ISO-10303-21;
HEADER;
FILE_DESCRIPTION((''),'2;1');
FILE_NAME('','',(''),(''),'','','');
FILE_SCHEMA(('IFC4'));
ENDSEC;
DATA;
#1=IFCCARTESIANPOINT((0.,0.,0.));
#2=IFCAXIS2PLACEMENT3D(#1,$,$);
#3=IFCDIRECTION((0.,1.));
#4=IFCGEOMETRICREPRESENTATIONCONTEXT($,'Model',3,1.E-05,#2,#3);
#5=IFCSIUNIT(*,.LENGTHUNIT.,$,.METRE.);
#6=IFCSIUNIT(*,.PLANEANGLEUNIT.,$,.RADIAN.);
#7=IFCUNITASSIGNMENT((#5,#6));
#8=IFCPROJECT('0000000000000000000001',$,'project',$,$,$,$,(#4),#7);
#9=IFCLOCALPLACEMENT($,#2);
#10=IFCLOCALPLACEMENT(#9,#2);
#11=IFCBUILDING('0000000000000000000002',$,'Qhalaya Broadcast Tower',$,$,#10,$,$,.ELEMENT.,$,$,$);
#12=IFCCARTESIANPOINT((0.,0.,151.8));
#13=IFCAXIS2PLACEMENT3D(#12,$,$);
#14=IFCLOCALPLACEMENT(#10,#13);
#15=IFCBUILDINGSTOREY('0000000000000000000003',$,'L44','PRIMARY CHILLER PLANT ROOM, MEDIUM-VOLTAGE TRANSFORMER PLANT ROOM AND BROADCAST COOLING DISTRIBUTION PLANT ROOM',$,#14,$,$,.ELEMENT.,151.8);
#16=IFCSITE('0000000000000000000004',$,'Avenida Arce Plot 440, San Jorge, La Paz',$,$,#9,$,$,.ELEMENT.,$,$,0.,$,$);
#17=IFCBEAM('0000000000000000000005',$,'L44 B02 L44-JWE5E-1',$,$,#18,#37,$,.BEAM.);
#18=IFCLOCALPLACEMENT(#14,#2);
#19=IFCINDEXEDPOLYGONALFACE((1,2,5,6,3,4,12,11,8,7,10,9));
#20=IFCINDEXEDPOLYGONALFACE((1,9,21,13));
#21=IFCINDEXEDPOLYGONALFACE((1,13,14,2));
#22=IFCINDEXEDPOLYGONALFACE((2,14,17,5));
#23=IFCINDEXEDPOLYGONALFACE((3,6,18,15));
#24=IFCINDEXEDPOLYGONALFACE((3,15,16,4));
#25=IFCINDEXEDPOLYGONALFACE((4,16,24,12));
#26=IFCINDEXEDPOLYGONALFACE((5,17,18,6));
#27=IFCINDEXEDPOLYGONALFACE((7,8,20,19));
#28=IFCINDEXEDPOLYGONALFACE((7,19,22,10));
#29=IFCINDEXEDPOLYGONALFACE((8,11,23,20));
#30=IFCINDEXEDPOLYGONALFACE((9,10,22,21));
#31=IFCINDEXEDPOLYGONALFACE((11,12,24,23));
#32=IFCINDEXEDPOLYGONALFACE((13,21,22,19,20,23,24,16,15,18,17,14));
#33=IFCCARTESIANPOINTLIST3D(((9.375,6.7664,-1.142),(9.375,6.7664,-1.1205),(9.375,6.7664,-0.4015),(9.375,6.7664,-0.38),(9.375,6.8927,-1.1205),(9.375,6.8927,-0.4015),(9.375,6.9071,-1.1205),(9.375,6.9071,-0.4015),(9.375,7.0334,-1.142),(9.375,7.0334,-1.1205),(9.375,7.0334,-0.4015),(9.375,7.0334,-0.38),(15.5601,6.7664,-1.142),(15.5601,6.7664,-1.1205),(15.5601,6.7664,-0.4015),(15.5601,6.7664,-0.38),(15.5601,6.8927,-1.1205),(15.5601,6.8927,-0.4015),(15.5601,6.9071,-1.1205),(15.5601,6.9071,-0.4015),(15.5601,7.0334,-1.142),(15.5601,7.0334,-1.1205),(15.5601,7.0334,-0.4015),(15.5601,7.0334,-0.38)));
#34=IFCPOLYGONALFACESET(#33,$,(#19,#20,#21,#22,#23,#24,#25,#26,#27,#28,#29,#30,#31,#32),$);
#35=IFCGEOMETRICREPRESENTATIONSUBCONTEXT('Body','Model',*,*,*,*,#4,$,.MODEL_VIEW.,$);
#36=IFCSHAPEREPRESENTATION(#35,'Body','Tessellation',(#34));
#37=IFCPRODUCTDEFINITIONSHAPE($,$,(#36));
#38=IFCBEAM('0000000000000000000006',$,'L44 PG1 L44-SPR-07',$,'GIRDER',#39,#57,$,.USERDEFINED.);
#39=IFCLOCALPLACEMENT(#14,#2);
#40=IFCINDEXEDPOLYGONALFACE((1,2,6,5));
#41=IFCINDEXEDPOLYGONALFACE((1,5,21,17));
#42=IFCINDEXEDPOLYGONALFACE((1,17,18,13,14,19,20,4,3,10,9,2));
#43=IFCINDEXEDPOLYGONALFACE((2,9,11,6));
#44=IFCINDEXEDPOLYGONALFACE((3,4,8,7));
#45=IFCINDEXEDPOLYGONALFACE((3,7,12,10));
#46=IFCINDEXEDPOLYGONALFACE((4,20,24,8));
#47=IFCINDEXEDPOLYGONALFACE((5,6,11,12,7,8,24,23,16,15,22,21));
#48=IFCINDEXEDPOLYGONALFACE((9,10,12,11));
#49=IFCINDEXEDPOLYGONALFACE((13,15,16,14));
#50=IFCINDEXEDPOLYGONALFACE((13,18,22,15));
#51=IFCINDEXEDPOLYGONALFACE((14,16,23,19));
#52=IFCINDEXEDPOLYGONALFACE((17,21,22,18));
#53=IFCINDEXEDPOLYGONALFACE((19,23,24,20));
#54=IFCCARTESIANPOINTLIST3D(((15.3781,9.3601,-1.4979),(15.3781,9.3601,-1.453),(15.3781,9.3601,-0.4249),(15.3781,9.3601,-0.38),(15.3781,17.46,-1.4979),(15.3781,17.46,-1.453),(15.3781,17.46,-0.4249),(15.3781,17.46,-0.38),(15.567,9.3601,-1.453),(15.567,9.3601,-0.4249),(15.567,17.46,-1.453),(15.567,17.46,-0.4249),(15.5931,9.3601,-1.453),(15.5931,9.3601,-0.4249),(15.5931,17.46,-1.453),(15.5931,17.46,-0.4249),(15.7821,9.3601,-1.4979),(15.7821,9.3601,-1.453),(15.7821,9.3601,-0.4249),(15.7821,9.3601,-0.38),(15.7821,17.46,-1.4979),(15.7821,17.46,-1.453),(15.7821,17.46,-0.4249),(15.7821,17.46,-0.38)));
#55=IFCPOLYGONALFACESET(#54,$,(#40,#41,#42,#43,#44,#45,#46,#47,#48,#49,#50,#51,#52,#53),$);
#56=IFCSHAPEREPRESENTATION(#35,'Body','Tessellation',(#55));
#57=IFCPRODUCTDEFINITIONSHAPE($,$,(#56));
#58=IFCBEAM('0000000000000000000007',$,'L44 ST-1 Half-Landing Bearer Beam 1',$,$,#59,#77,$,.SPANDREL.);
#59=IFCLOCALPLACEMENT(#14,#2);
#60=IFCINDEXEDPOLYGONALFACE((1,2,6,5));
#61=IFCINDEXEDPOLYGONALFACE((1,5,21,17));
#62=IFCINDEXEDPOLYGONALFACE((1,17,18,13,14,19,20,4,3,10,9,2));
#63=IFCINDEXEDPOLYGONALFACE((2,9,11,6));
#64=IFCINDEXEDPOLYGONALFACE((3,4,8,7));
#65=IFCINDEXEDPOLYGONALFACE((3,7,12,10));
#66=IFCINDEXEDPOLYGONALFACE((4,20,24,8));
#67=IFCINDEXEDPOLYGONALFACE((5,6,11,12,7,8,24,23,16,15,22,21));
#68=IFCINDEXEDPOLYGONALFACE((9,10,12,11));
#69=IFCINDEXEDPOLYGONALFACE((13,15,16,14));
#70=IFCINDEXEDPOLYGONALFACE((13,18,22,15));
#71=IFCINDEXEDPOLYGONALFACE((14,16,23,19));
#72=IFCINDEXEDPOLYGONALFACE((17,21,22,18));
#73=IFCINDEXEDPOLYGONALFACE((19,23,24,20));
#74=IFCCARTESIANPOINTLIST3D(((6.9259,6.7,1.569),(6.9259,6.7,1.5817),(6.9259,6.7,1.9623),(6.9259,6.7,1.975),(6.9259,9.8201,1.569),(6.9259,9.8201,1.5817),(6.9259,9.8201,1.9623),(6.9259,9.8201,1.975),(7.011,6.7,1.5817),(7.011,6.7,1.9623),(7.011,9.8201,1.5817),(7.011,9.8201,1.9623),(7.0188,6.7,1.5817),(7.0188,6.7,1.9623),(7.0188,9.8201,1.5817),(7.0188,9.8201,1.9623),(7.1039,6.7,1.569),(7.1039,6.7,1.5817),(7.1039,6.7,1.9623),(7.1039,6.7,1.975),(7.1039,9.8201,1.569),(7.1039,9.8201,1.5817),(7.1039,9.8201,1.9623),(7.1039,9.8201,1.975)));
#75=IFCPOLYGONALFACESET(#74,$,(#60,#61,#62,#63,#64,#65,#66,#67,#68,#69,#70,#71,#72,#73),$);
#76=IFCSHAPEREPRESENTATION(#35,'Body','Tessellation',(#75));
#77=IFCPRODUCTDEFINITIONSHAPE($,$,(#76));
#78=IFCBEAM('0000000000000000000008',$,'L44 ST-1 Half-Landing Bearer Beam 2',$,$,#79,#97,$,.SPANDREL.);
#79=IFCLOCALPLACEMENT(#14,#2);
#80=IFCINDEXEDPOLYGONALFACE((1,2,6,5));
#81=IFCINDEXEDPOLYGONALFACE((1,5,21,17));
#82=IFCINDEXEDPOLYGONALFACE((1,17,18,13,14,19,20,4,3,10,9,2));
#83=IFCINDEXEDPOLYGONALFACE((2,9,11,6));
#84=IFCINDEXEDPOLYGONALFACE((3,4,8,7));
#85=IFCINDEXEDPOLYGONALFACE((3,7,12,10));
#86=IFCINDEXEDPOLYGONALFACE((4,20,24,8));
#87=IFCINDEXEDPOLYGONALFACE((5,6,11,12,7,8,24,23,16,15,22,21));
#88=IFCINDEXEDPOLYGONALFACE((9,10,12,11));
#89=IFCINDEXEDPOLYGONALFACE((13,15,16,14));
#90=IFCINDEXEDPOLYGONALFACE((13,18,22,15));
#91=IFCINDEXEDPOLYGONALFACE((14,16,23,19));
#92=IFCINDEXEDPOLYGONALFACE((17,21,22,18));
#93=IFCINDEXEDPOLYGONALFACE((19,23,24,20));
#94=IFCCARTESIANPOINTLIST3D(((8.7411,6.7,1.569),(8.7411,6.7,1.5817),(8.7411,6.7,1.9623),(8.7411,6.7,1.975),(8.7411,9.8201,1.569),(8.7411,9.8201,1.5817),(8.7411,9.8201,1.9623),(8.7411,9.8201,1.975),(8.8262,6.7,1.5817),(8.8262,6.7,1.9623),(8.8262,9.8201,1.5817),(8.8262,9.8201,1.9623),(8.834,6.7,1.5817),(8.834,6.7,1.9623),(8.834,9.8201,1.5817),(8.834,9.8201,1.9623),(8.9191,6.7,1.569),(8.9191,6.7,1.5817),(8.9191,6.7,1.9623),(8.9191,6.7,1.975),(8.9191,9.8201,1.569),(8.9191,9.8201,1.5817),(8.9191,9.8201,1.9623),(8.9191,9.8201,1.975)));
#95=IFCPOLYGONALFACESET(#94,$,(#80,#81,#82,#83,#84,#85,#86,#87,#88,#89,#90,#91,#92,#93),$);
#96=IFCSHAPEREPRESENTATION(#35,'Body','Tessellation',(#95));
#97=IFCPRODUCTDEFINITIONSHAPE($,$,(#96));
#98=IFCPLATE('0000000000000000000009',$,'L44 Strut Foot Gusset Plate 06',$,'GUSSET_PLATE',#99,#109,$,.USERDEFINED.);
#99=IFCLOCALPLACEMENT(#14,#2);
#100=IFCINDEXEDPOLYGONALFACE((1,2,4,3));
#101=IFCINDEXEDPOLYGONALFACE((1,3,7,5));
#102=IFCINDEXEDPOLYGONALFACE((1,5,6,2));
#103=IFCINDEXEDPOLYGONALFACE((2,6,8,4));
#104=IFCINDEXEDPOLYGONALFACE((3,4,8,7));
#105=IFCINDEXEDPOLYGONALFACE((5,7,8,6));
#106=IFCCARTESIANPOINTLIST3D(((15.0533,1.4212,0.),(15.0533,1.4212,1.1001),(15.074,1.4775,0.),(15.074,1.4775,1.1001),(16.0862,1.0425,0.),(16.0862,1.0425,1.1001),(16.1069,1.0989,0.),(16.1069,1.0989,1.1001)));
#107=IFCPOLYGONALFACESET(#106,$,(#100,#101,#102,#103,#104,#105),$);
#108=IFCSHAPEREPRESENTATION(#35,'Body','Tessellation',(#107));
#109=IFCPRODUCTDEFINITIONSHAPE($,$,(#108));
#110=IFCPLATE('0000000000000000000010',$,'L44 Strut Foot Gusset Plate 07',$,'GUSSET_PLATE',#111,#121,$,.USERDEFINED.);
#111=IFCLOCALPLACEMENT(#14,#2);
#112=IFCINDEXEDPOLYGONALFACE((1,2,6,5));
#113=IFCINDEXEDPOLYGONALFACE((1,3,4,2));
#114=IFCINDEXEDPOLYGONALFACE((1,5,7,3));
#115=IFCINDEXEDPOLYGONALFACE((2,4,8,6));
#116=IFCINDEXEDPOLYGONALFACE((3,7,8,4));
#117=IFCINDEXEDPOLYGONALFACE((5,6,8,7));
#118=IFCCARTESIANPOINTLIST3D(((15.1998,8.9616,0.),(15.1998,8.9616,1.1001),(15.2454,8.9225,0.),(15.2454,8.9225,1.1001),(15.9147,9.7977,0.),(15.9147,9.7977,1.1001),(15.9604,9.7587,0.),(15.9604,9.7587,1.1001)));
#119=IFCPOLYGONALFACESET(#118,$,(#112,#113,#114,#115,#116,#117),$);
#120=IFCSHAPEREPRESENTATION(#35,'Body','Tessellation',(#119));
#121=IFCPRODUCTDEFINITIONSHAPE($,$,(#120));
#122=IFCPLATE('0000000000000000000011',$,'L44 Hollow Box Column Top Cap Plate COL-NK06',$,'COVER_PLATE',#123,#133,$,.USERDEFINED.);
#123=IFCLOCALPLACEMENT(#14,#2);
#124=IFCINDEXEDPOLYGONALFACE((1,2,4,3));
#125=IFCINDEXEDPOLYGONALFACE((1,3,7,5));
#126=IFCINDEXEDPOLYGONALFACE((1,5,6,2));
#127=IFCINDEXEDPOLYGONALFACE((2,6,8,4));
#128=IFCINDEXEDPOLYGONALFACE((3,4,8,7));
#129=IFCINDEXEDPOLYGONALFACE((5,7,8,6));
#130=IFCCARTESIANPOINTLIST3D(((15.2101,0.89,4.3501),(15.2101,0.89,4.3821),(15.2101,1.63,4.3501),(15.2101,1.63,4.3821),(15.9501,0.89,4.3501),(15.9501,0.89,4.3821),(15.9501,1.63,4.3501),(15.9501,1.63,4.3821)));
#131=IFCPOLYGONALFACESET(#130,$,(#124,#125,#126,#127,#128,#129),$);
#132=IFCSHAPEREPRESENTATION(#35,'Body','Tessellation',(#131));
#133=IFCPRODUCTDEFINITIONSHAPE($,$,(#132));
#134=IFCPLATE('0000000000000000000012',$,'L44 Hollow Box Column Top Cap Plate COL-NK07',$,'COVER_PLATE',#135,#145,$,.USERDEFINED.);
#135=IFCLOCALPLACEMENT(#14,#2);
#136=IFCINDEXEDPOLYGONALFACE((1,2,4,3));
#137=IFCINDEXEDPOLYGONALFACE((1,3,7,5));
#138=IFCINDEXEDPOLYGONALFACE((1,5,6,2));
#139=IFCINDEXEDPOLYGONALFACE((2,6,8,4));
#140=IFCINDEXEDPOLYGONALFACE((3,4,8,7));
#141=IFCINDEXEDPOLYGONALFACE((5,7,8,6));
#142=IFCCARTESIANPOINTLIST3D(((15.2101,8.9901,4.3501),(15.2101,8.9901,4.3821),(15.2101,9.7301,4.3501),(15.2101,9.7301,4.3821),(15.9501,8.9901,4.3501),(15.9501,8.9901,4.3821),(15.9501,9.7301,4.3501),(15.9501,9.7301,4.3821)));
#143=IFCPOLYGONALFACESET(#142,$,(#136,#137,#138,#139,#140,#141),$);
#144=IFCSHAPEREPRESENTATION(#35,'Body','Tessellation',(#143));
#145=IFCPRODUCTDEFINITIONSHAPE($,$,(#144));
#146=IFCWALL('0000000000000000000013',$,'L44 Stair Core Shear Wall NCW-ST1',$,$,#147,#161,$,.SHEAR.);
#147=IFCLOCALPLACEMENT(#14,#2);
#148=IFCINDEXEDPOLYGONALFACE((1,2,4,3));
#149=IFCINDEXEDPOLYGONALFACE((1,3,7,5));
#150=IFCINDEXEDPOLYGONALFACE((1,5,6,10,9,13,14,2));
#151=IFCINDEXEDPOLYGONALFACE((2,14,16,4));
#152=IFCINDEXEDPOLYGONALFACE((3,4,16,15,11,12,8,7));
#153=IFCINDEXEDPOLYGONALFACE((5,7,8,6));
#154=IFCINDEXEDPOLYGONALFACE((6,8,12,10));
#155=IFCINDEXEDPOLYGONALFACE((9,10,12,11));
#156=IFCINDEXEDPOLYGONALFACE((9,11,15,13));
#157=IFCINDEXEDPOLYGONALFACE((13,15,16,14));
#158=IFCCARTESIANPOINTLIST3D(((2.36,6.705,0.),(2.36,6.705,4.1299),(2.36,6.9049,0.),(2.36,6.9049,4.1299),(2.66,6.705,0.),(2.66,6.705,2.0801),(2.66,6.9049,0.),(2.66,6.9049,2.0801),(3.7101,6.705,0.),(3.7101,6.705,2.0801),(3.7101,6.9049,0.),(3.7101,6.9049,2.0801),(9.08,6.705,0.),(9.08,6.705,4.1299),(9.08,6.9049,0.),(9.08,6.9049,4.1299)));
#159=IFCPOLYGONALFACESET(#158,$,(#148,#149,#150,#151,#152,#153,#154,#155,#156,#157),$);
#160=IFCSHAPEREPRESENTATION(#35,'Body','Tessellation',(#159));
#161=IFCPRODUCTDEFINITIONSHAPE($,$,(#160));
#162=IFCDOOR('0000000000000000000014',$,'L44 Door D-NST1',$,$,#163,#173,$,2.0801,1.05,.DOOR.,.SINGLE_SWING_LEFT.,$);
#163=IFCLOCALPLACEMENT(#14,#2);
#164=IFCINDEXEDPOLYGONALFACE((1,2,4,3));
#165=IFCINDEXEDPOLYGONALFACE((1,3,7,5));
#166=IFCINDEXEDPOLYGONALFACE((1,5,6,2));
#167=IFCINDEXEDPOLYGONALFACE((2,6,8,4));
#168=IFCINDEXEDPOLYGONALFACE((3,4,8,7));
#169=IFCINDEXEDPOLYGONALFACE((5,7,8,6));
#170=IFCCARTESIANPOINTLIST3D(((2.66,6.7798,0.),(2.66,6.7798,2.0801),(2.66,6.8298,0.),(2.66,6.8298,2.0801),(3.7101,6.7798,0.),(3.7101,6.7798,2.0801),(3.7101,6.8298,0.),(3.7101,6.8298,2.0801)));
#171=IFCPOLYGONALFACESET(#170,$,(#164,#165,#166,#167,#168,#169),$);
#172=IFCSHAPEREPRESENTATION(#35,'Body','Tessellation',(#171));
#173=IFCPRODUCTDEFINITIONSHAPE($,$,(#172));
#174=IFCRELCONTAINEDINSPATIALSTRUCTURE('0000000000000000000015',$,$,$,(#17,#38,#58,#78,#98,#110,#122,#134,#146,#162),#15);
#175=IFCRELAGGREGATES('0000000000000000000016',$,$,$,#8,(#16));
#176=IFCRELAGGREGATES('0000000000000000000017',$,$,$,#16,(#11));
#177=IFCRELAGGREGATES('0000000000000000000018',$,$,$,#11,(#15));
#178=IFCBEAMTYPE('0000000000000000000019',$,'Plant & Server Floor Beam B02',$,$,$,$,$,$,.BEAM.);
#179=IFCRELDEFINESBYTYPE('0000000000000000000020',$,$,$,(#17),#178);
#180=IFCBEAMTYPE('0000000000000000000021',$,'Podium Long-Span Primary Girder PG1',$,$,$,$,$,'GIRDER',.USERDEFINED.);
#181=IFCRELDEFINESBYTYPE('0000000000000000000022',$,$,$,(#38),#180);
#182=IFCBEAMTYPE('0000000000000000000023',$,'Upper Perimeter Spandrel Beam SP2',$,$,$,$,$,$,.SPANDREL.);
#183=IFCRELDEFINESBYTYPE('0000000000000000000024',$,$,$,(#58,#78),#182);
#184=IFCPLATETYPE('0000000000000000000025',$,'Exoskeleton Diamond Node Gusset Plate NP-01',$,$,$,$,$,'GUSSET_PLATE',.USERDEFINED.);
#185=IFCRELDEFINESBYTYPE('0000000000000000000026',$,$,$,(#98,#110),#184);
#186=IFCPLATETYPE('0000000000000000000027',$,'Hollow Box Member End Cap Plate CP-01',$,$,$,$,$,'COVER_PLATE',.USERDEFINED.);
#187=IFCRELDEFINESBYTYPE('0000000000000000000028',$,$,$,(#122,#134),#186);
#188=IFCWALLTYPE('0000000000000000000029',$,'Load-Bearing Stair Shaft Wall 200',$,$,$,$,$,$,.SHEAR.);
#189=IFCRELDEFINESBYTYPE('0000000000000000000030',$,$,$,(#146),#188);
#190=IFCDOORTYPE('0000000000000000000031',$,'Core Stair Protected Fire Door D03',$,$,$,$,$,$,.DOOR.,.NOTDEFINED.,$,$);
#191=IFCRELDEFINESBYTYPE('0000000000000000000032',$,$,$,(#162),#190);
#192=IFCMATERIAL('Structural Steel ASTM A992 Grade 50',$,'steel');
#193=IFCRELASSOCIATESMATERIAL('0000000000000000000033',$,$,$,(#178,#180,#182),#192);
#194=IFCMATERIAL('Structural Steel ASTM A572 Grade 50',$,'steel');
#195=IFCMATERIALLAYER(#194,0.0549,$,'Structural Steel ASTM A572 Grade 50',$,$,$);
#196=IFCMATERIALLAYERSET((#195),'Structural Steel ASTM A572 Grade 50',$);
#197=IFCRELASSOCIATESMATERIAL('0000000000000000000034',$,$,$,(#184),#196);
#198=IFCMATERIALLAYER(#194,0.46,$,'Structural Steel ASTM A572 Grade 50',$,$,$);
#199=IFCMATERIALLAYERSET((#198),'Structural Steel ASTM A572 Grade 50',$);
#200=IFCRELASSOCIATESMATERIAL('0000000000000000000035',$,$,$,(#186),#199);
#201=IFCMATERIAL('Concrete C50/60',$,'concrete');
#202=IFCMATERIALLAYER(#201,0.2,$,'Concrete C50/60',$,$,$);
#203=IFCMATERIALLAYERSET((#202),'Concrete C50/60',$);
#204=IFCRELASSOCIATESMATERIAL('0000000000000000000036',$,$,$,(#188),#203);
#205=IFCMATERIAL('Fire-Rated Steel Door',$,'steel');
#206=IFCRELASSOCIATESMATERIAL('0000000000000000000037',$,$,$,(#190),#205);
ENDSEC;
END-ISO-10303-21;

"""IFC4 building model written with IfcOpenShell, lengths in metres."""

from ifc_helpers import new_model, si_unit, direction, frame, frame_2d, origin, origin_2d, place, context, subcontext, project, spatial, rectangle, i_section, extrude, material, layer, layer_set, material_profile, profile_set, type_object, element, fill, save


model = new_model("IFC4")

# Units and contexts
model_context = context("Model", 3, precision=1e-05, world=origin(), true_north=direction((0.0, 1.0)))
body_context = subcontext(model_context, "Body", "Model", "MODEL_VIEW")
ifc_project = project(units=[si_unit("LENGTHUNIT", "METRE"), si_unit("PLANEANGLEUNIT", "RADIAN")], contexts=[model_context])

# Site, building, storey
site_placement = place(None, origin())
site = spatial("IfcSite", under=ifc_project, at=site_placement, Name="Avenida Arce Plot 440, San Jorge, La Paz", CompositionType="ELEMENT", RefElevation=0.0)
building_placement = place(site_placement, origin())
building = spatial("IfcBuilding", under=site, at=building_placement, Name="Qhalaya Broadcast Tower", CompositionType="ELEMENT")
storey_placement = place(building_placement, frame((0.0, 0.0, 151.8)))
storey = spatial("IfcBuildingStorey", under=building, at=storey_placement, Name="L44", Description="PRIMARY CHILLER PLANT ROOM, MEDIUM-VOLTAGE TRANSFORMER PLANT ROOM AND BROADCAST COOLING DISTRIBUTION PLANT ROOM", CompositionType="ELEMENT", Elevation=151.8)

# Shared definitions
ifc_material_1 = material(Name="Concrete C50/60", Category="concrete")
ifc_material_2 = material(Name="Structural Steel ASTM A572 Grade 50", Category="steel")

# Beams
ifc_material_3 = material(Name="Structural Steel ASTM A992 Grade 50", Category="steel")
ifc_material_profile_1 = material_profile(ifc_material_3, i_section(OverallWidth=0.2671, OverallDepth=0.762, WebThickness=0.0144, FlangeThickness=0.0215, at=origin_2d()), Name="W30X116")
ifc_profile_set_1 = profile_set([ifc_material_profile_1], Name="Structural Steel ASTM A992 Grade 50")
beam_type_1 = type_object("IfcBeamType", Name="Plant & Server Floor Beam B02", PredefinedType="BEAM", material=ifc_profile_set_1)
beam_1_placement = place(storey_placement, frame((9.375, 6.8999, -0.761), z_axis=(1.0, 0.0, 0.0), x_axis=(0.0, 1.0, 0.0)))
element("IfcBeam", 1, at=beam_1_placement, inside=storey, type_object=beam_type_1, Name="L44 B02 L44-JWE5E-1", PredefinedType="BEAM", context=body_context, shape_type="SweptSolid", body=[
    extrude(i_section(OverallWidth=0.2671, OverallDepth=0.762, WebThickness=0.0144, FlangeThickness=0.0215, at=origin_2d()), origin(), (0.0, 0.0, 1.0), 6.1851),
])
ifc_material_profile_2 = material_profile(ifc_material_3, i_section(OverallWidth=0.4041, OverallDepth=1.1179, WebThickness=0.0261, FlangeThickness=0.0449, at=origin_2d()), Name="W44X335")
ifc_profile_set_2 = profile_set([ifc_material_profile_2], Name="Structural Steel ASTM A992 Grade 50")
beam_type_2 = type_object("IfcBeamType", Name="Podium Long-Span Primary Girder PG1", ElementType="GIRDER", PredefinedType="USERDEFINED", material=ifc_profile_set_2)
beam_2_placement = place(storey_placement, frame((15.5801, 9.3601, -0.939), z_axis=(0.0, 1.0, 0.0), x_axis=(-1.0, 0.0, 0.0)))
element("IfcBeam", 2, at=beam_2_placement, inside=storey, type_object=beam_type_2, Name="L44 PG1 L44-SPR-07", ObjectType="GIRDER", PredefinedType="USERDEFINED", context=body_context, shape_type="SweptSolid", body=[
    extrude(i_section(OverallWidth=0.4041, OverallDepth=1.1179, WebThickness=0.0261, FlangeThickness=0.0449, at=origin_2d()), origin(), (0.0, 0.0, 1.0), 8.0999),
])
ifc_material_profile_3 = material_profile(ifc_material_3, i_section(OverallWidth=0.178, OverallDepth=0.406, WebThickness=0.0078, FlangeThickness=0.0127, at=origin_2d()), Name="W16X40")
ifc_profile_set_3 = profile_set([ifc_material_profile_3], Name="Structural Steel ASTM A992 Grade 50")
beam_type_3 = type_object("IfcBeamType", Name="Upper Perimeter Spandrel Beam SP2", PredefinedType="SPANDREL", material=ifc_profile_set_3)
for number, where, z_axis, x_axis, name in (
    (3, (7.0149, 6.7, 1.772), (0.0, 1.0, 0.0), (-1.0, 0.0, 0.0), "L44 ST-1 Half-Landing Bearer Beam 1"),
    (4, (8.8301, 6.7, 1.772), (0.0, 1.0, 0.0), (-1.0, 0.0, 0.0), "L44 ST-1 Half-Landing Bearer Beam 2"),
):
    element("IfcBeam", number, at=place(storey_placement, frame(where, z_axis=z_axis, x_axis=x_axis)), inside=storey, type_object=beam_type_3, Name=name, PredefinedType="SPANDREL", context=body_context, shape_type="SweptSolid", body=[
        extrude(i_section(OverallWidth=0.178, OverallDepth=0.406, WebThickness=0.0078, FlangeThickness=0.0127, at=origin_2d()), origin(), (0.0, 0.0, 1.0), 3.1201),
    ])

# Plates
ifc_layer_1 = layer(ifc_material_2, 0.0549, Name="Structural Steel ASTM A572 Grade 50")
ifc_layer_set_1 = layer_set([ifc_layer_1], Name="Structural Steel ASTM A572 Grade 50")
plate_type_1 = type_object("IfcPlateType", Name="Exoskeleton Diamond Node Gusset Plate NP-01", ElementType="GUSSET_PLATE", PredefinedType="USERDEFINED", material=ifc_layer_set_1)
for number, where, z_axis, x_axis, name in (
    (5, (15.5801, 1.26, 0.0), (0.0, 0.0, 1.0), (0.93889, -0.344217, 0.0), "L44 Strut Foot Gusset Plate 06"),
    (6, (15.5801, 9.3601, 0.0), (0.0, 0.0, 1.0), (0.649873, 0.760043, 0.0), "L44 Strut Foot Gusset Plate 07"),
):
    element("IfcPlate", number, at=place(storey_placement, frame(where, z_axis=z_axis, x_axis=x_axis)), inside=storey, type_object=plate_type_1, Name=name, ObjectType="GUSSET_PLATE", PredefinedType="USERDEFINED", context=body_context, shape_type="SweptSolid", body=[
        extrude(rectangle(XDim=1.1001, YDim=0.0601, at=origin_2d()), origin(), (0.0, 0.0, 1.0), 1.1001),
    ])
ifc_layer_2 = layer(ifc_material_2, 0.46, Name="Structural Steel ASTM A572 Grade 50")
ifc_layer_set_2 = layer_set([ifc_layer_2], Name="Structural Steel ASTM A572 Grade 50")
plate_type_2 = type_object("IfcPlateType", Name="Hollow Box Member End Cap Plate CP-01", ElementType="COVER_PLATE", PredefinedType="USERDEFINED", material=ifc_layer_set_2)
for number, where, z_axis, x_axis, name in (
    (7, (15.5801, 1.26, 4.3501), (0.0, 0.0, 1.0), (0.0, 1.0, 0.0), "L44 Hollow Box Column Top Cap Plate COL-NK06"),
    (8, (15.5801, 9.3601, 4.3501), (0.0, 0.0, 1.0), (0.0, 1.0, 0.0), "L44 Hollow Box Column Top Cap Plate COL-NK07"),
):
    element("IfcPlate", number, at=place(storey_placement, frame(where, z_axis=z_axis, x_axis=x_axis)), inside=storey, type_object=plate_type_2, Name=name, ObjectType="COVER_PLATE", PredefinedType="USERDEFINED", context=body_context, shape_type="SweptSolid", body=[
        extrude(rectangle(XDim=0.74, YDim=0.74, at=origin_2d()), origin(), (0.0, 0.0, 1.0), 0.032),
    ])

# Wall, opening, door
ifc_layer_3 = layer(ifc_material_1, 0.2, Name="Concrete C50/60")
ifc_layer_set_3 = layer_set([ifc_layer_3], Name="Concrete C50/60")
wall_type_1 = type_object("IfcWallType", Name="Load-Bearing Stair Shaft Wall 200", PredefinedType="SHEAR", material=ifc_layer_set_3)
wall_1_placement = place(storey_placement, frame((2.3601, 6.8049, 0.0), z_axis=(0.0, 0.0, 1.0), x_axis=(1.0, 0.0, 0.0)))
wall_1 = element("IfcWall", 9, at=wall_1_placement, inside=storey, type_object=wall_type_1, Name="L44 Stair Core Shear Wall NCW-ST1", PredefinedType="SHEAR", context=body_context, shape_type="SweptSolid", body=[
    extrude(rectangle(XDim=6.72, YDim=0.2, at=frame_2d((3.3599, 0.0))), origin(), (0.0, 0.0, 1.0), 4.1299),
])
opening_1_placement = place(wall_1_placement, frame((0.3, 0.0, 0.0)))
opening_1 = element("IfcOpeningElement", 10, at=opening_1_placement, cuts=wall_1, PredefinedType="OPENING", context=body_context, shape_type="SweptSolid", body=[
    extrude(rectangle(XDim=1.05, YDim=2.0801, at=frame_2d((0.5249, 1.04))), frame((0.0, 0.1121, 0.0), z_axis=(0.0, -1.0, 0.0), x_axis=(1.0, 0.0, 0.0)), (0.0, 0.0, 1.0), 0.2239),
])
ifc_material_4 = material(Name="Fire-Rated Steel Door", Category="steel")
door_type_1 = type_object("IfcDoorType", Name="Core Stair Protected Fire Door D03", OperationType="NOTDEFINED", PredefinedType="DOOR", material=ifc_material_4)
door_1_placement = place(opening_1_placement, origin())
door_1 = element("IfcDoor", 11, at=door_1_placement, inside=storey, type_object=door_type_1, Name="L44 Door D-NST1", OperationType="SINGLE_SWING_LEFT", OverallHeight=2.0801, OverallWidth=1.05, PredefinedType="DOOR", context=body_context, shape_type="SweptSolid", body=[
    extrude(rectangle(XDim=1.05, YDim=2.0801, at=frame_2d((0.5249, 1.04))), frame((0.0, 0.0249, 0.0), z_axis=(0.0, -1.0, 0.0), x_axis=(1.0, 0.0, 0.0)), (0.0, 0.0, 1.0), 0.05),
])
fill(opening_1, door_1)

save(model, "model.ifc")
